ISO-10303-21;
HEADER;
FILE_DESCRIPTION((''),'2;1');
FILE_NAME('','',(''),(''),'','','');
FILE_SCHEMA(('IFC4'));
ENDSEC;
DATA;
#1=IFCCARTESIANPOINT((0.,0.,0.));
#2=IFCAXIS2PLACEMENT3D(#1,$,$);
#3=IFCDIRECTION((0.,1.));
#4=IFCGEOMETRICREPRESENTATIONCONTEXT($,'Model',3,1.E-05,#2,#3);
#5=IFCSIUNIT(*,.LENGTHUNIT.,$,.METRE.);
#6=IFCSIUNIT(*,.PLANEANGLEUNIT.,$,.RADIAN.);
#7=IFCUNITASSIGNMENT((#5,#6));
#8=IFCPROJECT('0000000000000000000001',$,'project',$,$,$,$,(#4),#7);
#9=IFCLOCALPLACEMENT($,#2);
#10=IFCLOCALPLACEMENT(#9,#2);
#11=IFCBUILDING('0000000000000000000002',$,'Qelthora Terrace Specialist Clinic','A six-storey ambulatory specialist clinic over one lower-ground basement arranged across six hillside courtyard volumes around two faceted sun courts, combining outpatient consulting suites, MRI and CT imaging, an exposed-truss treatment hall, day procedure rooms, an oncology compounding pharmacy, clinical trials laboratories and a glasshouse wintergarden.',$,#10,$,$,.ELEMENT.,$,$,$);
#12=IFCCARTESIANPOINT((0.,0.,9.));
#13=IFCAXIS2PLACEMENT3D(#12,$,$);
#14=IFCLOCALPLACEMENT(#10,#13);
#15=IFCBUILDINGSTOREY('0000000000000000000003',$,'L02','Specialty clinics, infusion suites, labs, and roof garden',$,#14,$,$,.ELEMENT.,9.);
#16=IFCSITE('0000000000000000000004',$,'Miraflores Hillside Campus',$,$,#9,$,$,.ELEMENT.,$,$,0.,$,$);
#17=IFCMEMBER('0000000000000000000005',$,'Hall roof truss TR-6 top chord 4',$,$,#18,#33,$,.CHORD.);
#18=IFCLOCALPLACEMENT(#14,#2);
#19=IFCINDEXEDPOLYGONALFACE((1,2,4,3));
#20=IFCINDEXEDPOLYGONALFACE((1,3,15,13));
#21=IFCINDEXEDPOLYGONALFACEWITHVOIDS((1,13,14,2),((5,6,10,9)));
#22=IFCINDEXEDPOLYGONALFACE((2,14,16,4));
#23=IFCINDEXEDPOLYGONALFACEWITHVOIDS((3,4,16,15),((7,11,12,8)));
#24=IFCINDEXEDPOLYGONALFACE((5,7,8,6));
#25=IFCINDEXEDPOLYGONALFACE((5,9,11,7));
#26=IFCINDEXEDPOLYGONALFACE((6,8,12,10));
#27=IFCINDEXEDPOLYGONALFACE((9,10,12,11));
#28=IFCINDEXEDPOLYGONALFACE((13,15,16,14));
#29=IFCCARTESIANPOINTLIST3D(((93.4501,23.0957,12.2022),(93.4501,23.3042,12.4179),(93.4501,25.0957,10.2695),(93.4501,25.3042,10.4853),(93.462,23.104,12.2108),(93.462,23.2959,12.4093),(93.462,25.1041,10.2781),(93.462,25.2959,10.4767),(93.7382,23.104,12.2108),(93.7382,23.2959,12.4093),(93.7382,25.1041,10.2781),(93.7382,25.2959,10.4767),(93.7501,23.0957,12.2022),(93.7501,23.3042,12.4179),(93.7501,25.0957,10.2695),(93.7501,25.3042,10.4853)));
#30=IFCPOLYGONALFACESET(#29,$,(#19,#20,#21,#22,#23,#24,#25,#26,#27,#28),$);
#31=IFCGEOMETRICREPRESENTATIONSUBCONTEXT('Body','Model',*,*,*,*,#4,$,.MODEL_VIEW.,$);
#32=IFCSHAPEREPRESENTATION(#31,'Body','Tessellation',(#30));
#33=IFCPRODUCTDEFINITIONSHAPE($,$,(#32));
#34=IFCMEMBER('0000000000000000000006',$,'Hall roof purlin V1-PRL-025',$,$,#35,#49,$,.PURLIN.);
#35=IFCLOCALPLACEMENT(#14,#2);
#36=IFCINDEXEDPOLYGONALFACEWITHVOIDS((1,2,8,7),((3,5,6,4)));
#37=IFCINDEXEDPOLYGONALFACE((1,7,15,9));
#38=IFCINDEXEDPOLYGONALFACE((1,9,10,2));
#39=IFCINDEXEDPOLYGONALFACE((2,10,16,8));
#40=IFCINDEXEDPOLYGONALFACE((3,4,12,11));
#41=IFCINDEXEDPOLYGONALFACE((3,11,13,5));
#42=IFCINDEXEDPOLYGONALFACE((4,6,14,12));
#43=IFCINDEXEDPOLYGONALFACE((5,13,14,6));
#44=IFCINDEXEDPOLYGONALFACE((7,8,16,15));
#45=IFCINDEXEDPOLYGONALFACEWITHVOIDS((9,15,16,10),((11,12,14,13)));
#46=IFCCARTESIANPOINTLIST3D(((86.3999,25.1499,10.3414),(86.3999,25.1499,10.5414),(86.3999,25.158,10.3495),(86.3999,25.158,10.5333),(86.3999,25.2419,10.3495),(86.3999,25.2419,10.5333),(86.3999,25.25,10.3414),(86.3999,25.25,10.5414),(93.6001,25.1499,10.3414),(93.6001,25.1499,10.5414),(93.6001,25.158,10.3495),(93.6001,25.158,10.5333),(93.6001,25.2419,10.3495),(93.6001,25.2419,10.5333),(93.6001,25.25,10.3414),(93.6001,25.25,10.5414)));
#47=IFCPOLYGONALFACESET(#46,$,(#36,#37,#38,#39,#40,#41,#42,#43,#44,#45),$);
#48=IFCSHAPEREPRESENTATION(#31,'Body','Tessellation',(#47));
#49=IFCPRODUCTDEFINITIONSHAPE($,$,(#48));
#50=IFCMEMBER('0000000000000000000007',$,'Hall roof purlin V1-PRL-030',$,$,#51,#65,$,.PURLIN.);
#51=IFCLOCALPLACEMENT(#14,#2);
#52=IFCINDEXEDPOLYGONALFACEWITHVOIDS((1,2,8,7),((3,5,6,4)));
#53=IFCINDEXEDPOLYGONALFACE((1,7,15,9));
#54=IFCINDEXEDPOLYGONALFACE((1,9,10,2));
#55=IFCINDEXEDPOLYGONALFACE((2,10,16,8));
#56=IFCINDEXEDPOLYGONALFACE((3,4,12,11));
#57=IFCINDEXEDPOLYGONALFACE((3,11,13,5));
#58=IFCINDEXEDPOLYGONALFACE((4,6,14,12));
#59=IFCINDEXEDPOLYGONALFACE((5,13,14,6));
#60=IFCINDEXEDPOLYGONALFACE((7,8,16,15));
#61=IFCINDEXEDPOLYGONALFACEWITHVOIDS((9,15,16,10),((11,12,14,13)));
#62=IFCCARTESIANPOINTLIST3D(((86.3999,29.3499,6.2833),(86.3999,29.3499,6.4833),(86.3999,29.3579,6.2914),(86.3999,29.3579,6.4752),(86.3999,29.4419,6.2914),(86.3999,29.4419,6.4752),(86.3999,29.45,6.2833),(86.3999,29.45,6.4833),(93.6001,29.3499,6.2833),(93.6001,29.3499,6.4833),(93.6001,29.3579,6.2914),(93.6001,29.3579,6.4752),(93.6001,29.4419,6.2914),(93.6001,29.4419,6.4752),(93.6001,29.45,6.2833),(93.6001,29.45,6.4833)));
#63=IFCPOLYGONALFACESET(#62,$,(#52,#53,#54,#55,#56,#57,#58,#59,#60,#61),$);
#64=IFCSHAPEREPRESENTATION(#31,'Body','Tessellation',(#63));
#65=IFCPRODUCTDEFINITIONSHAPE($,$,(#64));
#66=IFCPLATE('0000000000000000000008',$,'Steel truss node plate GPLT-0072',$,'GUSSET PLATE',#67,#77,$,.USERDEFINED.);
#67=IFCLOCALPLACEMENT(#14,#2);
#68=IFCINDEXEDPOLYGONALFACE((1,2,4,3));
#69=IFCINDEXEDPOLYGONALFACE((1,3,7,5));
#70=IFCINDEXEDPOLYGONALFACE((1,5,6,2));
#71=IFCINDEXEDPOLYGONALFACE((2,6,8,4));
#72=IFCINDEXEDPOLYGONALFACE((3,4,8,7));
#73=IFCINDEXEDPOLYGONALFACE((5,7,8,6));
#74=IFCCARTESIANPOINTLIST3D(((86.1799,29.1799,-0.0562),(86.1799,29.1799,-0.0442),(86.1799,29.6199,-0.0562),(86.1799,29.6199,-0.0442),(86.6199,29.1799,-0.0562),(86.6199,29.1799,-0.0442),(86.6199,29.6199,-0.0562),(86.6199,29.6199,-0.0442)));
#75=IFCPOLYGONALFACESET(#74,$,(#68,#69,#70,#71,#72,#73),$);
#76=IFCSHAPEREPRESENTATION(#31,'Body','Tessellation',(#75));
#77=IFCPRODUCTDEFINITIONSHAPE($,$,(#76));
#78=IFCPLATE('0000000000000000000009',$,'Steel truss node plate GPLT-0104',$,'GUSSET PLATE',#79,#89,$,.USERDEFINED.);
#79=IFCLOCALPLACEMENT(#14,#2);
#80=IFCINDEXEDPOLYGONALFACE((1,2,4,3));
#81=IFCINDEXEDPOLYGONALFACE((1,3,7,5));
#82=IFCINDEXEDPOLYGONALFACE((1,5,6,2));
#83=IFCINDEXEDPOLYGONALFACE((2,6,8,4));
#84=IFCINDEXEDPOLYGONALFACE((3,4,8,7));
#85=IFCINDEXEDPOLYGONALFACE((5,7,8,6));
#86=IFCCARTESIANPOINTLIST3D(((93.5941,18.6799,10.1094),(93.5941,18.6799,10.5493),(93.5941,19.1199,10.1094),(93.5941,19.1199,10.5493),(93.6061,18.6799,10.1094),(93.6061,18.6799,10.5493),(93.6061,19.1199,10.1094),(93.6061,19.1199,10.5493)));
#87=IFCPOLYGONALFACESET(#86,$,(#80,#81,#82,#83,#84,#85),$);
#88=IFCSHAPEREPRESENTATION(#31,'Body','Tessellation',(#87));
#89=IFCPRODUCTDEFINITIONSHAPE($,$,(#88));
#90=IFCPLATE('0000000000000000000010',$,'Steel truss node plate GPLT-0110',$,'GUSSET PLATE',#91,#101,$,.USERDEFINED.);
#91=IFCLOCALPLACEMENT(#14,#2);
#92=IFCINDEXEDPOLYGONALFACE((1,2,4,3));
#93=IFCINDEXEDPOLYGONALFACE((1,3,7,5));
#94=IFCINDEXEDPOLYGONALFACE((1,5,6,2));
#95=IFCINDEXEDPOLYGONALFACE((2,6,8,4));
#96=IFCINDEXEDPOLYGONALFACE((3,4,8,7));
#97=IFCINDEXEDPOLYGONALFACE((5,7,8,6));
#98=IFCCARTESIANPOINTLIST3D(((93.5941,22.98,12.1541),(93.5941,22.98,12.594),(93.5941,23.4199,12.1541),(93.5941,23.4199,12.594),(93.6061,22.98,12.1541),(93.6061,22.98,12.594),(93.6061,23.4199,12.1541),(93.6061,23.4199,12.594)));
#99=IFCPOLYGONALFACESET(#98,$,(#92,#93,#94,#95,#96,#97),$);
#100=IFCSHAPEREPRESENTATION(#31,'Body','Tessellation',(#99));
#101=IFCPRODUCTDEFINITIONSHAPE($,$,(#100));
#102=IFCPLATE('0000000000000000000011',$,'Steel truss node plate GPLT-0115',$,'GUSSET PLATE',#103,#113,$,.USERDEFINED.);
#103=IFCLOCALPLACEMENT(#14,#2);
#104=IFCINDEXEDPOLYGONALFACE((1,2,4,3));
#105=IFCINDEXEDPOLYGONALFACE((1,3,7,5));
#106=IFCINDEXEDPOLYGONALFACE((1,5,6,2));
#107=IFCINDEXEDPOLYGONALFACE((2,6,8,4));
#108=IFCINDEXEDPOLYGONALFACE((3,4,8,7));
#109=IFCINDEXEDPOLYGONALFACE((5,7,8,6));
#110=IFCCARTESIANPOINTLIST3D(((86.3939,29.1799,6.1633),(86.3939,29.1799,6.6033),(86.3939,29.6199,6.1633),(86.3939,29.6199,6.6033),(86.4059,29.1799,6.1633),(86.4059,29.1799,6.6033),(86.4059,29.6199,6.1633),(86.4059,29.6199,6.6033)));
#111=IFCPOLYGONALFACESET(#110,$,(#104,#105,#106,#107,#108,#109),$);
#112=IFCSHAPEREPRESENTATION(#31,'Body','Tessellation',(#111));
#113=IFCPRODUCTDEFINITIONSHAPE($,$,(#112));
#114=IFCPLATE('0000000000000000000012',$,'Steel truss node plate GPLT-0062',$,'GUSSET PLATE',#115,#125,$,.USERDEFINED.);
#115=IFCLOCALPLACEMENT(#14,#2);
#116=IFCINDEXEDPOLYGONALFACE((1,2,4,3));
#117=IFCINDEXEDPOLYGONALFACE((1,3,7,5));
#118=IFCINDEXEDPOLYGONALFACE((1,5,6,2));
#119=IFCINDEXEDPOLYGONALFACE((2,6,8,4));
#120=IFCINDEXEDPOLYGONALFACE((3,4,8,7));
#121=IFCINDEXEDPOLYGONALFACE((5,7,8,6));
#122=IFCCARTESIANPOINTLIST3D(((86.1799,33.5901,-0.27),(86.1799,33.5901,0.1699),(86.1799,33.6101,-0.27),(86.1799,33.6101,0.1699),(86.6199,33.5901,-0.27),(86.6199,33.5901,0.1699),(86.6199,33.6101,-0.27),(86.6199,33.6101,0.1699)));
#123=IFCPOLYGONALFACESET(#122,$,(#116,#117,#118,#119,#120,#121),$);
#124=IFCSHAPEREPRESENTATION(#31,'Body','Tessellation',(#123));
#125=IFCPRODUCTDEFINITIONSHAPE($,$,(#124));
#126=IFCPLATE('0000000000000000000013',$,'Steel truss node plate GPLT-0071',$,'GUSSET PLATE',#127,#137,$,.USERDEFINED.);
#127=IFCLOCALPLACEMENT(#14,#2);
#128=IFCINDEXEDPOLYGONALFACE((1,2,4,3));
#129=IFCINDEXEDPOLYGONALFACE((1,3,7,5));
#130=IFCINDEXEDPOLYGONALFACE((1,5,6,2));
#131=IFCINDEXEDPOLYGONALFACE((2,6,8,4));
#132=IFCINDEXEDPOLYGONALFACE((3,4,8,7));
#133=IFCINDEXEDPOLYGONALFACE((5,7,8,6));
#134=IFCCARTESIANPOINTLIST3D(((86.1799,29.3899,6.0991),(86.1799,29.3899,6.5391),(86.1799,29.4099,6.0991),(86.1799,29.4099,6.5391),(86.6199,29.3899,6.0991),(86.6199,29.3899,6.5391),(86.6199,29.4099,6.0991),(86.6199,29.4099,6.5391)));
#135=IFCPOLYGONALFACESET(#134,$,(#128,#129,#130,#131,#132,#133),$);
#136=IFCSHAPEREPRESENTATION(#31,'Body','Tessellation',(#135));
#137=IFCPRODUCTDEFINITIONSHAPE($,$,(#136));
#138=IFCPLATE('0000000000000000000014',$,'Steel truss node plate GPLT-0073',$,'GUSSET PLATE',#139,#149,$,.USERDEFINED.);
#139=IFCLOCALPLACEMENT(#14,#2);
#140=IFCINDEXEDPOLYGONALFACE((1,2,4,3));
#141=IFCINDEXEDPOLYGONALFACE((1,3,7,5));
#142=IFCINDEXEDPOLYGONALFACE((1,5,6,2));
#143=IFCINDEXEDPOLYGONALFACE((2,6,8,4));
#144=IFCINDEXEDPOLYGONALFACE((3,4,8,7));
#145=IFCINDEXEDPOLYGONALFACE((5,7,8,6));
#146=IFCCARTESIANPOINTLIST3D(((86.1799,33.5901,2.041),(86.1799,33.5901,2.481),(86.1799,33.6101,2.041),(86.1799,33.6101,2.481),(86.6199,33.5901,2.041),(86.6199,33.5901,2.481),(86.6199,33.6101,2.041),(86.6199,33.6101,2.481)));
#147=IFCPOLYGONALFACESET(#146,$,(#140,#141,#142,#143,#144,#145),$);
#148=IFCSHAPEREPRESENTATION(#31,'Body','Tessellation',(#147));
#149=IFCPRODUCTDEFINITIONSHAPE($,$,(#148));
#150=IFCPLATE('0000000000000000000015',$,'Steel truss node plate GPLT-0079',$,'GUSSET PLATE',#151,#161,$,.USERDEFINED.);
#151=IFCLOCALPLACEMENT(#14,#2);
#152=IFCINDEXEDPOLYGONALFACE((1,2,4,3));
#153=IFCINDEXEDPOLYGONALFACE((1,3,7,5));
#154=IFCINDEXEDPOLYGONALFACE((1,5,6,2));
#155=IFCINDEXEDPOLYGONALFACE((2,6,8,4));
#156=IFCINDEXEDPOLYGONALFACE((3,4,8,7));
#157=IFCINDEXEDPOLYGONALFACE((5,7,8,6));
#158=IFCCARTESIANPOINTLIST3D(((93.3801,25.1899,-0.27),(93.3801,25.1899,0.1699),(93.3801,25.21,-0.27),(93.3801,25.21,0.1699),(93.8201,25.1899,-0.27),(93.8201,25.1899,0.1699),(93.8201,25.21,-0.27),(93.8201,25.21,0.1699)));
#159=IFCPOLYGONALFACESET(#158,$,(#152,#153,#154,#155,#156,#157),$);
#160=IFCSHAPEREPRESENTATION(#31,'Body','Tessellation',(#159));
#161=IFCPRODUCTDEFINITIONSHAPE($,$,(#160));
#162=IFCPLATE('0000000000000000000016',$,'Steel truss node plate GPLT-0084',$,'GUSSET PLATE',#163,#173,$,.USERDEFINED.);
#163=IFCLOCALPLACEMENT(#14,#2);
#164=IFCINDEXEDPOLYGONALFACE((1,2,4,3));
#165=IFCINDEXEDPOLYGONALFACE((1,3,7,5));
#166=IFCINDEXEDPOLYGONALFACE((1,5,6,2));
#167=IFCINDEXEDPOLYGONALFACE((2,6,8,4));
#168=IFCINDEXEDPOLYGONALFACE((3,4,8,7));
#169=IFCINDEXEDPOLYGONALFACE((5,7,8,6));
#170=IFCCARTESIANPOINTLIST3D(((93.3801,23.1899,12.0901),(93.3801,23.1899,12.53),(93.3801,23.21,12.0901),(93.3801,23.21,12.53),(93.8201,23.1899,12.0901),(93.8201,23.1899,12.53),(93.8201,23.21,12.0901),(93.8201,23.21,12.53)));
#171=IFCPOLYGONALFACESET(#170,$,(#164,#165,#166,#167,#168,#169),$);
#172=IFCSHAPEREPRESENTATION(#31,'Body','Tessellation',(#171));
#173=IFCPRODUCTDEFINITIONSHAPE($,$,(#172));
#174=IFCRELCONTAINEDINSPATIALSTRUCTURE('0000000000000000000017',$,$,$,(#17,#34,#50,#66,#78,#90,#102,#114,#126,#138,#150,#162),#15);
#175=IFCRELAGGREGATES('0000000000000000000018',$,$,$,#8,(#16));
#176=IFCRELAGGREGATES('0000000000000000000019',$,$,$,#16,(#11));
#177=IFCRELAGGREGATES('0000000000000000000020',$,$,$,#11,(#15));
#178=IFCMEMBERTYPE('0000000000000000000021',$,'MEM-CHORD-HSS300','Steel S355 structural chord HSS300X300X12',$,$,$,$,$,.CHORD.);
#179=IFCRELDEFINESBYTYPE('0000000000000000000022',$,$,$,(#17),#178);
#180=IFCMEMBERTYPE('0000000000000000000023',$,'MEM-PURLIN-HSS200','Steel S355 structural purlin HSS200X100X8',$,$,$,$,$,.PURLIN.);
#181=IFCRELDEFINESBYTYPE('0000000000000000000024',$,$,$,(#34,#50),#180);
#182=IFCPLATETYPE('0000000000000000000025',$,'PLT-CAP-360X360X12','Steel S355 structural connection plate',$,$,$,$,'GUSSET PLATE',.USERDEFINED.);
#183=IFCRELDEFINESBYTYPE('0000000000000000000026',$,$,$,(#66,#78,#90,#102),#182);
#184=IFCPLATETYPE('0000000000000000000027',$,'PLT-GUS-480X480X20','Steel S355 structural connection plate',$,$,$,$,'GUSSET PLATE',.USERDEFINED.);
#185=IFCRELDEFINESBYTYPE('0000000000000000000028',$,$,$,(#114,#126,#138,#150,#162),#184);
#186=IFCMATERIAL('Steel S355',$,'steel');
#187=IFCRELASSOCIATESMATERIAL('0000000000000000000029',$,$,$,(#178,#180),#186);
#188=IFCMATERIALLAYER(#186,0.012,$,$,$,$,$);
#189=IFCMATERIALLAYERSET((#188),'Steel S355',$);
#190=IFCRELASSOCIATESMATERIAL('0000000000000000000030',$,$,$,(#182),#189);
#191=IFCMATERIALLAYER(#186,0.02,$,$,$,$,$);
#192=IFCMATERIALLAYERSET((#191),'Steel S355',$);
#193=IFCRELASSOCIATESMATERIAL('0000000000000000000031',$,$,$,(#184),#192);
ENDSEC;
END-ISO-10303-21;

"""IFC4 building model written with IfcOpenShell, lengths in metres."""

from ifc_helpers import new_model, si_unit, direction, frame, origin, origin_2d, place, context, subcontext, project, spatial, rectangle, hollow_rectangle, extrude, material, layer, layer_set, material_profile, profile_set, type_object, element, save


model = new_model("IFC4")

# Units and contexts
model_context = context("Model", 3, precision=1e-05, world=origin(), true_north=direction((0.0, 1.0)))
body_context = subcontext(model_context, "Body", "Model", "MODEL_VIEW")
ifc_project = project(units=[si_unit("LENGTHUNIT", "METRE"), si_unit("PLANEANGLEUNIT", "RADIAN")], contexts=[model_context])

# Site, building, storey
site_placement = place(None, origin())
site = spatial("IfcSite", under=ifc_project, at=site_placement, Name="Miraflores Hillside Campus", CompositionType="ELEMENT", RefElevation=0.0)
building_placement = place(site_placement, origin())
building = spatial("IfcBuilding", under=site, at=building_placement, Name="Qelthora Terrace Specialist Clinic", Description="A six-storey ambulatory specialist clinic over one lower-ground basement arranged across six hillside courtyard volumes around two faceted sun courts, combining outpatient consulting suites, MRI and CT imaging, an exposed-truss treatment hall, day procedure rooms, an oncology compounding pharmacy, clinical trials laboratories and a glasshouse wintergarden.", CompositionType="ELEMENT")
storey_placement = place(building_placement, frame((0.0, 0.0, 9.0)))
storey = spatial("IfcBuildingStorey", under=building, at=storey_placement, Name="L02", Description="Specialty clinics, infusion suites, labs, and roof garden", CompositionType="ELEMENT", Elevation=9.0)

# Shared definitions
ifc_material = material(Name="Steel S355", Category="steel")

# Members
ifc_material_profile_1 = material_profile(ifc_material, hollow_rectangle(XDim=0.3, YDim=0.3, WallThickness=0.012, at=origin_2d()), Name="HSS300X300X12")
ifc_profile_set_1 = profile_set([ifc_material_profile_1], Name="Steel S355")
member_type_1 = type_object("IfcMemberType", Name="MEM-CHORD-HSS300", Description="Steel S355 structural chord HSS300X300X12", PredefinedType="CHORD", material=ifc_profile_set_1)
member_1_placement = place(storey_placement, frame((93.6001, 23.2, 12.3101), z_axis=(0.0, 0.719117, -0.694889), x_axis=(-1.0, 0.0, 0.0)))
element("IfcMember", 1, at=member_1_placement, inside=storey, type_object=member_type_1, Name="Hall roof truss TR-6 top chord 4", PredefinedType="CHORD", context=body_context, shape_type="SweptSolid", body=[
    extrude(hollow_rectangle(XDim=0.3, YDim=0.3, WallThickness=0.012, at=origin_2d()), origin(), (0.0, 0.0, 1.0), 2.7812),
])
ifc_material_profile_2 = material_profile(ifc_material, hollow_rectangle(XDim=0.1001, YDim=0.2, WallThickness=0.0081, at=origin_2d()), Name="HSS200X100X8")
ifc_profile_set_2 = profile_set([ifc_material_profile_2], Name="Steel S355")
member_type_2 = type_object("IfcMemberType", Name="MEM-PURLIN-HSS200", Description="Steel S355 structural purlin HSS200X100X8", PredefinedType="PURLIN", material=ifc_profile_set_2)
for number, where, z_axis, x_axis, name in (
    (2, (86.3999, 25.2, 10.4414), (1.0, 0.0, 0.0), (0.0, 1.0, 0.0), "Hall roof purlin V1-PRL-025"),
    (3, (86.3999, 29.3999, 6.3833), (1.0, 0.0, 0.0), (0.0, 1.0, 0.0), "Hall roof purlin V1-PRL-030"),
):
    element("IfcMember", number, at=place(storey_placement, frame(where, z_axis=z_axis, x_axis=x_axis)), inside=storey, type_object=member_type_2, Name=name, PredefinedType="PURLIN", context=body_context, shape_type="SweptSolid", body=[
        extrude(hollow_rectangle(XDim=0.1001, YDim=0.2, WallThickness=0.0081, at=origin_2d()), origin(), (0.0, 0.0, 1.0), 7.2002),
    ])

# Plates
ifc_layer_1 = layer(ifc_material, 0.012)
ifc_layer_set_1 = layer_set([ifc_layer_1], Name="Steel S355")
plate_type_1 = type_object("IfcPlateType", Name="PLT-CAP-360X360X12", Description="Steel S355 structural connection plate", ElementType="GUSSET PLATE", PredefinedType="USERDEFINED", material=ifc_layer_set_1)
plate_placement = place(storey_placement, frame((86.3999, 29.3999, -0.0562), z_axis=(0.0, 0.0, 1.0), x_axis=(1.0, 0.0, 0.0)))
element("IfcPlate", 4, at=plate_placement, inside=storey, type_object=plate_type_1, Name="Steel truss node plate GPLT-0072", ObjectType="GUSSET PLATE", PredefinedType="USERDEFINED", context=body_context, shape_type="SweptSolid", body=[
    extrude(rectangle(XDim=0.4399, YDim=0.4399, at=origin_2d()), origin(), (0.0, 0.0, 1.0), 0.012),
])
for number, where, z_axis, x_axis, name in (
    (5, (93.6001, 18.8999, 10.1094), (0.0, 0.0, 1.0), (1.0, 0.0, 0.0), "Steel truss node plate GPLT-0104"),
    (6, (93.6001, 23.2, 12.1541), (0.0, 0.0, 1.0), (1.0, 0.0, 0.0), "Steel truss node plate GPLT-0110"),
    (7, (86.3999, 29.3999, 6.1633), (0.0, 0.0, 1.0), (1.0, 0.0, 0.0), "Steel truss node plate GPLT-0115"),
):
    element("IfcPlate", number, at=place(storey_placement, frame(where, z_axis=z_axis, x_axis=x_axis)), inside=storey, type_object=plate_type_1, Name=name, ObjectType="GUSSET PLATE", PredefinedType="USERDEFINED", context=body_context, shape_type="SweptSolid", body=[
        extrude(rectangle(XDim=0.012, YDim=0.4399, at=origin_2d()), origin(), (0.0, 0.0, 1.0), 0.4399),
    ])
ifc_layer_2 = layer(ifc_material, 0.02)
ifc_layer_set_2 = layer_set([ifc_layer_2], Name="Steel S355")
plate_type_2 = type_object("IfcPlateType", Name="PLT-GUS-480X480X20", Description="Steel S355 structural connection plate", ElementType="GUSSET PLATE", PredefinedType="USERDEFINED", material=ifc_layer_set_2)
for number, where, z_axis, x_axis, name in (
    (8, (86.3999, 33.6001, -0.27), (0.0, 0.0, 1.0), (1.0, 0.0, 0.0), "Steel truss node plate GPLT-0062"),
    (9, (86.3999, 29.3999, 6.0991), (0.0, 0.0, 1.0), (1.0, 0.0, 0.0), "Steel truss node plate GPLT-0071"),
    (10, (86.3999, 33.6001, 2.041), (0.0, 0.0, 1.0), (1.0, 0.0, 0.0), "Steel truss node plate GPLT-0073"),
    (11, (93.6001, 25.2, -0.27), (0.0, 0.0, 1.0), (1.0, 0.0, 0.0), "Steel truss node plate GPLT-0079"),
    (12, (93.6001, 23.2, 12.0901), (0.0, 0.0, 1.0), (1.0, 0.0, 0.0), "Steel truss node plate GPLT-0084"),
):
    element("IfcPlate", number, at=place(storey_placement, frame(where, z_axis=z_axis, x_axis=x_axis)), inside=storey, type_object=plate_type_2, Name=name, ObjectType="GUSSET PLATE", PredefinedType="USERDEFINED", context=body_context, shape_type="SweptSolid", body=[
        extrude(rectangle(XDim=0.4399, YDim=0.02, at=origin_2d()), origin(), (0.0, 0.0, 1.0), 0.4399),
    ])

save(model, "model.ifc")
